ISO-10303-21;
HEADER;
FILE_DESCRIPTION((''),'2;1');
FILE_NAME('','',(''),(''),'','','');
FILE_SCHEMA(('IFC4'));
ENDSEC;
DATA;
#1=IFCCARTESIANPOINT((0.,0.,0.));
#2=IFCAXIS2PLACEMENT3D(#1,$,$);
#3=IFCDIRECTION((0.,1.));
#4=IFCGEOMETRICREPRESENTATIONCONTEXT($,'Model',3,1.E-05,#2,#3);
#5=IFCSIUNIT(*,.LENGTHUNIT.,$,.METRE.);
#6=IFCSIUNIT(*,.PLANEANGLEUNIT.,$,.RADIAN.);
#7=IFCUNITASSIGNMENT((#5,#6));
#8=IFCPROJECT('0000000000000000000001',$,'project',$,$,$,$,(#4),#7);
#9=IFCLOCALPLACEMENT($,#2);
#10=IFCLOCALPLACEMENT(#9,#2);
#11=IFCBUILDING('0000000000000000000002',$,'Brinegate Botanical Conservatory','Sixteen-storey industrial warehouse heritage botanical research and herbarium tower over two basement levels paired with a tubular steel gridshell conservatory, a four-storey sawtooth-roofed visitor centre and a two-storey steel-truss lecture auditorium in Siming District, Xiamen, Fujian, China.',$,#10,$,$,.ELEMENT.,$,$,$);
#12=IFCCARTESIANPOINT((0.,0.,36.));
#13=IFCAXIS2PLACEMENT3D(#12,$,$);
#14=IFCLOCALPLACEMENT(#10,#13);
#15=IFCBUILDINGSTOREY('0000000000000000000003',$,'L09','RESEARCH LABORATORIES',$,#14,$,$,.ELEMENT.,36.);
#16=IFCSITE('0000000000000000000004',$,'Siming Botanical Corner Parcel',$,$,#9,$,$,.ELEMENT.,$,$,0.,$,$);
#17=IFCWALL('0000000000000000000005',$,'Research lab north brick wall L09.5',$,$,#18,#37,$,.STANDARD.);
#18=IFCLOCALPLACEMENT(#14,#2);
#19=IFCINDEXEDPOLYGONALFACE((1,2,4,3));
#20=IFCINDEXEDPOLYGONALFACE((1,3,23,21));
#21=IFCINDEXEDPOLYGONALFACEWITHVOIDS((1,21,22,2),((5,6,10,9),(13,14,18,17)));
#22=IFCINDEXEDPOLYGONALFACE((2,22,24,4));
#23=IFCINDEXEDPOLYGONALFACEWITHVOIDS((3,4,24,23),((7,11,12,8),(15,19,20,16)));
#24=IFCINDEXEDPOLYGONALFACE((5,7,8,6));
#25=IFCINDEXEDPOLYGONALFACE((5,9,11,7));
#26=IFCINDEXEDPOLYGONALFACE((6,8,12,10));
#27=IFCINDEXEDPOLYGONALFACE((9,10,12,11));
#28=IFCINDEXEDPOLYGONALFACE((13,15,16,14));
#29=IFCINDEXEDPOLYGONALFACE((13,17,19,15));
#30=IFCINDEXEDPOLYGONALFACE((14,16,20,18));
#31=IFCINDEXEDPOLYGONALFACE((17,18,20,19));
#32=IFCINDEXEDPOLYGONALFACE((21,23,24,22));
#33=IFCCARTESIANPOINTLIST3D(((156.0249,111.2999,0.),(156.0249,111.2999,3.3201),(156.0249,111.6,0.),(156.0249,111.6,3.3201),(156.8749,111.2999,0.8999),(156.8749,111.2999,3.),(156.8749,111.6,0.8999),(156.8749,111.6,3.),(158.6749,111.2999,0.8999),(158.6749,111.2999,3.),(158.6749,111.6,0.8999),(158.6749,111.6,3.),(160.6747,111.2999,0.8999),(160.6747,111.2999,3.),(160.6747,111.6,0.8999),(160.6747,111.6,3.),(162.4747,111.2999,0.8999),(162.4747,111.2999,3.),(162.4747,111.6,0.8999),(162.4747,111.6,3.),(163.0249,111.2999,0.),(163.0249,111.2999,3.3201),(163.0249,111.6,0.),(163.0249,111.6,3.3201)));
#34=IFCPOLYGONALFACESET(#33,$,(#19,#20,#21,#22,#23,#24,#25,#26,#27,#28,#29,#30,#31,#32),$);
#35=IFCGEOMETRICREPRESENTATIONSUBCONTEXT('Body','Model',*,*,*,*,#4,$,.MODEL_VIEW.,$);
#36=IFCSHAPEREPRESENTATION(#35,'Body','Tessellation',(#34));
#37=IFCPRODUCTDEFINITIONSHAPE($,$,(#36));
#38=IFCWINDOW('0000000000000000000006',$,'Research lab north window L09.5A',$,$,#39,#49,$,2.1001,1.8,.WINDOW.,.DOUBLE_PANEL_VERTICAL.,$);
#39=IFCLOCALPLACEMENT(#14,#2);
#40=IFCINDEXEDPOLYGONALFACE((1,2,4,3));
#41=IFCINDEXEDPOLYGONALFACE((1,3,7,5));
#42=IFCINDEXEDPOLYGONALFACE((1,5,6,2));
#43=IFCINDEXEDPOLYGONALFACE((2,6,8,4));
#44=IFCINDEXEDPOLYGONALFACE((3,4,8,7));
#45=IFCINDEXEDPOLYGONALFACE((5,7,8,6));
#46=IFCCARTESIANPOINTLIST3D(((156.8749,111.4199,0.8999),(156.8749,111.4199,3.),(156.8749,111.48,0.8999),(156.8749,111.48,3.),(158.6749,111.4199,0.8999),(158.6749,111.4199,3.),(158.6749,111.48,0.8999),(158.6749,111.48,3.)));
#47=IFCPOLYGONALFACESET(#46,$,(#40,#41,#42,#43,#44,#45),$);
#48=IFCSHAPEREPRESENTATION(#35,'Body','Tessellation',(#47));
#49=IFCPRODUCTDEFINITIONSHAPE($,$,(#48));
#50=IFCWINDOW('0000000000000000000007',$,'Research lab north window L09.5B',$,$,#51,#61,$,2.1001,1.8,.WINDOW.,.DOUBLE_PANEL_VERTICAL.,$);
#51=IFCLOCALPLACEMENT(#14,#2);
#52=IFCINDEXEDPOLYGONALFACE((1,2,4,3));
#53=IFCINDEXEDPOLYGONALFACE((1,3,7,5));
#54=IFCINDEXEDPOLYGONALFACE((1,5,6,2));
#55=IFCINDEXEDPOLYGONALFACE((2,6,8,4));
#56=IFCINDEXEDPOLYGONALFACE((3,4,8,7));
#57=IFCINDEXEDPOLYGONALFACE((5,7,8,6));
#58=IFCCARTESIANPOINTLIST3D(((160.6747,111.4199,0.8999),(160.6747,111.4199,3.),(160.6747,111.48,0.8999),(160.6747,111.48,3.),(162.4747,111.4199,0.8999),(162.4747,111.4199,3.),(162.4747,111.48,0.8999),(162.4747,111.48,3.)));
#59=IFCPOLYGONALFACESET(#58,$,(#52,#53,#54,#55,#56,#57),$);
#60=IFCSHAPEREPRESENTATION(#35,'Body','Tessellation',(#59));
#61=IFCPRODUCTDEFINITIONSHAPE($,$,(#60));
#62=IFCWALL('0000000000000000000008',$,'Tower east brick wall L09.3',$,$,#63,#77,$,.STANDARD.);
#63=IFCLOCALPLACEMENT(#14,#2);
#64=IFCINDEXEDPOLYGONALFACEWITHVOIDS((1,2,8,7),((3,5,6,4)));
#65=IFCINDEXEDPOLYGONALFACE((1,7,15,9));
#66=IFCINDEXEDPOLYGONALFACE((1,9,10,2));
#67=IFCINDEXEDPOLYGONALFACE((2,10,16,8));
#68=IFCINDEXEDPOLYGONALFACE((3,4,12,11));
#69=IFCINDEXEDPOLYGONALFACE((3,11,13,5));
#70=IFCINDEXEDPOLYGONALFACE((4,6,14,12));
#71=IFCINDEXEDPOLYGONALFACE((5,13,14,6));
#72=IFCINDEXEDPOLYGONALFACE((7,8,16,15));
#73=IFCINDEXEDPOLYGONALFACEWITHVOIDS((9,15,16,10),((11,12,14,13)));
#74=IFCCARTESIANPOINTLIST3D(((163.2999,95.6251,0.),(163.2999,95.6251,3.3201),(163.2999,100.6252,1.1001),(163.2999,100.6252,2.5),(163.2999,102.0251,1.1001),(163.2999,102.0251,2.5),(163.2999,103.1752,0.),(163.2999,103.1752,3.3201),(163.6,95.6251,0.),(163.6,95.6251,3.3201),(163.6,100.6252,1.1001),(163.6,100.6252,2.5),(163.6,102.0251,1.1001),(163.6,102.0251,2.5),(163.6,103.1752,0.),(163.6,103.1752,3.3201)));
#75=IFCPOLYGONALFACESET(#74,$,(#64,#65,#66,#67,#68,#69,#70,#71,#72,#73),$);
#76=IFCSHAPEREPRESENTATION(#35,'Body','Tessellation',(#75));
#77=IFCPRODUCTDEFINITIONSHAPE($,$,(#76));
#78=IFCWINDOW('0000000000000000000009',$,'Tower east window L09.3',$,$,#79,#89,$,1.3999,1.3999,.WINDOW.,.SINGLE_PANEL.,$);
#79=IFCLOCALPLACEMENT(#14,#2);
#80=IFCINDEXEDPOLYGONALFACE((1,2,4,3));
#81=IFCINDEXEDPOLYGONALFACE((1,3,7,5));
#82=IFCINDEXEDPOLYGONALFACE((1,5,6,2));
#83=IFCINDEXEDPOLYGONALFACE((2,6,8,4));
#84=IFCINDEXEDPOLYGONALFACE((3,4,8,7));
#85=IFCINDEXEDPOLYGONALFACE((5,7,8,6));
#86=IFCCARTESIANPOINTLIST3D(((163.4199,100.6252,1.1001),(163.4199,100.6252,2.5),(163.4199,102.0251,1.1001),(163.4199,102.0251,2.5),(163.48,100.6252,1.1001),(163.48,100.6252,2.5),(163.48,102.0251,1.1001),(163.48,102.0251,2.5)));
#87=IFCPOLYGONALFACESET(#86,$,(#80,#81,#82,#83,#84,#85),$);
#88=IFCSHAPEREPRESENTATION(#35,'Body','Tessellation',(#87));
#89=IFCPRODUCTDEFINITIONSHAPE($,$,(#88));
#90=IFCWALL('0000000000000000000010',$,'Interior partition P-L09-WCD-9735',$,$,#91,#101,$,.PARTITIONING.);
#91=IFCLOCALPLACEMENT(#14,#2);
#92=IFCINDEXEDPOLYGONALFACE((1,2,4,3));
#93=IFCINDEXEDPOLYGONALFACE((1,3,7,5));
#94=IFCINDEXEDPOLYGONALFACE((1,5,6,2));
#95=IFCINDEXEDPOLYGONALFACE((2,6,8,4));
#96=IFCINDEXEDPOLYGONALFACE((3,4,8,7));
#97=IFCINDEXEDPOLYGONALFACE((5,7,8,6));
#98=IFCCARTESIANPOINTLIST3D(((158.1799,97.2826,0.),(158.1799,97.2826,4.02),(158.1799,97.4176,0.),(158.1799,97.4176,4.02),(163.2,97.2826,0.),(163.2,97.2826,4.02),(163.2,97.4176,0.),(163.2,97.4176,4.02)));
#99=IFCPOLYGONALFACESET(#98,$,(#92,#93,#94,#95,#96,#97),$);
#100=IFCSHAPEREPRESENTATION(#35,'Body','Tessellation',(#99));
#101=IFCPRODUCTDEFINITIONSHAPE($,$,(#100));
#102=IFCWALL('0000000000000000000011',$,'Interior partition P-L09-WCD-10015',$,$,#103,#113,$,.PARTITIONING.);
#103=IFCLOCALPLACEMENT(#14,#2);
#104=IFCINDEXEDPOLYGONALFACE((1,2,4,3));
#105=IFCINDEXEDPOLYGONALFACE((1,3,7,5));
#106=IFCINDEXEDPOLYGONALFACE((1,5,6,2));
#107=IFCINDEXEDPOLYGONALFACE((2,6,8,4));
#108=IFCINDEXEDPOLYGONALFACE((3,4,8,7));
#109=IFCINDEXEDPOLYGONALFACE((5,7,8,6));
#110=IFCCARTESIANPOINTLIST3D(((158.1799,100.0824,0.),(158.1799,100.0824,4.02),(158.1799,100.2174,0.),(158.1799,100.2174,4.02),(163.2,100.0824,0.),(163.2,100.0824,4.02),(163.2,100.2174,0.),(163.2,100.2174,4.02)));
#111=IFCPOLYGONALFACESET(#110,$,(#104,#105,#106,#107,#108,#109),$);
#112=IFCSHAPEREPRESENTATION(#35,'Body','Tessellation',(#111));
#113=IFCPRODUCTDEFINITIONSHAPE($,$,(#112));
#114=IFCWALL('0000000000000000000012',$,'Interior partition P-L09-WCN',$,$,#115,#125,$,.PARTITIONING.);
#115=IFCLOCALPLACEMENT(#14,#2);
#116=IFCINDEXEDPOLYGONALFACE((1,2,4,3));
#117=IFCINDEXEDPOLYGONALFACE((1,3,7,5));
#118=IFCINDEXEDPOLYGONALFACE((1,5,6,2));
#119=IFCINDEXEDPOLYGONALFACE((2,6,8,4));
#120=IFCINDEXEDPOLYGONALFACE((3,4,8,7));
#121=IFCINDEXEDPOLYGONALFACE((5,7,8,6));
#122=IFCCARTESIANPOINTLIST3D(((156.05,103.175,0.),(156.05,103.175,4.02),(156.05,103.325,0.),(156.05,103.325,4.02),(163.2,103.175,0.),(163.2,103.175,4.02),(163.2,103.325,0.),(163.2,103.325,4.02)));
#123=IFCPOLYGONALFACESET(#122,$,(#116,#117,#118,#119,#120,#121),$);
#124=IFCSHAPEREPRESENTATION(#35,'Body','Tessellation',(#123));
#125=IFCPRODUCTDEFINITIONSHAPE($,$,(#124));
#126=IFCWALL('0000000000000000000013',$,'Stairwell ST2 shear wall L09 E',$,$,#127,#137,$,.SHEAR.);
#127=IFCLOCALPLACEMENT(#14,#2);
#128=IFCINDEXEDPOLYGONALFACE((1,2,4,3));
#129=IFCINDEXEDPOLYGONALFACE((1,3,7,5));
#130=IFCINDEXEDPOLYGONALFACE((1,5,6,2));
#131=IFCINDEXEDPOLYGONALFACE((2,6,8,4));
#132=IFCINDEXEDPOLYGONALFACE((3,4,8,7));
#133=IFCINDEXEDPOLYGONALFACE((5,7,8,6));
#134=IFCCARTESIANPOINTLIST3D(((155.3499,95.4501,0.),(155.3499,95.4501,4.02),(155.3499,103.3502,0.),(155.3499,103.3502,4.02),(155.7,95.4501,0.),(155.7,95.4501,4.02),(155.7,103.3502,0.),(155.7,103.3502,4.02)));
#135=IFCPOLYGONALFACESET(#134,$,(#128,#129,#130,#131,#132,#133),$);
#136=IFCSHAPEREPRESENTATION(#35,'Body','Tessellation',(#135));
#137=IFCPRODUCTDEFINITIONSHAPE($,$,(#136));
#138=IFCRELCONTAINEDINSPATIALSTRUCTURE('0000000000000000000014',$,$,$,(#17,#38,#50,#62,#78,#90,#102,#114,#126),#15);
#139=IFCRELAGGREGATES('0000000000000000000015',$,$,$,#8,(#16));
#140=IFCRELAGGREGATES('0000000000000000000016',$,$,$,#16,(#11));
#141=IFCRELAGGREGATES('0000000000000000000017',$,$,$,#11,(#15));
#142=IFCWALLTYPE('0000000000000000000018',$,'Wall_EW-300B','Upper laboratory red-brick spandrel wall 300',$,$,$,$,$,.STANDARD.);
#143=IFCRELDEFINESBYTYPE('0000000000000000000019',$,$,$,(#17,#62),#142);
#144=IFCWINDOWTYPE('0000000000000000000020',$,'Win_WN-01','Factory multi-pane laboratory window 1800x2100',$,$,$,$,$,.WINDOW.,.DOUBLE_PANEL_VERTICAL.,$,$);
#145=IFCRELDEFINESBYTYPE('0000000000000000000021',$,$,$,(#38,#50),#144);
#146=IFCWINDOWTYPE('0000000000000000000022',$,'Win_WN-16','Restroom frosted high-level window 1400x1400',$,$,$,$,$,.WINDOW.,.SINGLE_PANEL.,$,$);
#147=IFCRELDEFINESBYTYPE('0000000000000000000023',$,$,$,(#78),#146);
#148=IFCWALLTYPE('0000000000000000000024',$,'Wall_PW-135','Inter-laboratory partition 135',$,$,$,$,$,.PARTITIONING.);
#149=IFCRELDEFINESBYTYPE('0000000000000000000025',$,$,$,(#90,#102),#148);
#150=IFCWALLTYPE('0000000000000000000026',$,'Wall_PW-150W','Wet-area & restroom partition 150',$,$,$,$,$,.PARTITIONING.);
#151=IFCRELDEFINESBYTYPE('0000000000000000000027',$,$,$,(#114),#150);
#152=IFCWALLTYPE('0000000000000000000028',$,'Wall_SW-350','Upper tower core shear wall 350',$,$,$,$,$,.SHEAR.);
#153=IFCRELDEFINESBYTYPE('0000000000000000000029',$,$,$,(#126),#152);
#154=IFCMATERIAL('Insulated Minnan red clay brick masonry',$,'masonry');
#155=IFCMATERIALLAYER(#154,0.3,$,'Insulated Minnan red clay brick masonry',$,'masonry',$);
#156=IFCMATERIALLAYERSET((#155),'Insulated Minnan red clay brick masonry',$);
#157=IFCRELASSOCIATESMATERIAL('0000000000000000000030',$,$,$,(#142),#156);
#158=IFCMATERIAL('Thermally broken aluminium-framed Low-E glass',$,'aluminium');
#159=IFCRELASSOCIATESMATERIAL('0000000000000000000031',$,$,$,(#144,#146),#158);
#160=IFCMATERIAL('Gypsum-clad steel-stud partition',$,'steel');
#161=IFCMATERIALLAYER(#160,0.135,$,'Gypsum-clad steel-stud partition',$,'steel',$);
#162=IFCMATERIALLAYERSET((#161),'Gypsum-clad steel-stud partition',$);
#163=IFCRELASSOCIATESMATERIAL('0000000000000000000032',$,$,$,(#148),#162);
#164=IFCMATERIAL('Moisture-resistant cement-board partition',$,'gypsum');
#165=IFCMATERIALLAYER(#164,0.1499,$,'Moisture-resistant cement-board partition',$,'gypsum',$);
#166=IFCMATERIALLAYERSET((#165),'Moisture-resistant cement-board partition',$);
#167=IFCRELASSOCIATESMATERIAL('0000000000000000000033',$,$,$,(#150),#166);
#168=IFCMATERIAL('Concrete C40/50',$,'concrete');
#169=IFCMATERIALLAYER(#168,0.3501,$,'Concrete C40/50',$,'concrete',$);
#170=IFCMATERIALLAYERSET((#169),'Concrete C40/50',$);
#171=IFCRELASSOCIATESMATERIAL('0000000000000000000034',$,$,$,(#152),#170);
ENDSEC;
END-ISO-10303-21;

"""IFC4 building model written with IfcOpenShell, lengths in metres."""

from ifc_helpers import new_model, si_unit, direction, frame, frame_2d, origin, place, context, subcontext, project, spatial, rectangle, extrude, material, layer, layer_set, type_object, element, fill, save


model = new_model("IFC4")

# Units and contexts
model_context = context("Model", 3, precision=1e-05, world=origin(), true_north=direction((0.0, 1.0)))
body_context = subcontext(model_context, "Body", "Model", "MODEL_VIEW")
ifc_project = project(units=[si_unit("LENGTHUNIT", "METRE"), si_unit("PLANEANGLEUNIT", "RADIAN")], contexts=[model_context])

# Site, building, storey
site_placement = place(None, origin())
site = spatial("IfcSite", under=ifc_project, at=site_placement, Name="Siming Botanical Corner Parcel", CompositionType="ELEMENT", RefElevation=0.0)
building_placement = place(site_placement, origin())
building = spatial("IfcBuilding", under=site, at=building_placement, Name="Brinegate Botanical Conservatory", Description="Sixteen-storey industrial warehouse heritage botanical research and herbarium tower over two basement levels paired with a tubular steel gridshell conservatory, a four-storey sawtooth-roofed visitor centre and a two-storey steel-truss lecture auditorium in Siming District, Xiamen, Fujian, China.", CompositionType="ELEMENT")
storey_placement = place(building_placement, frame((0.0, 0.0, 36.0)))
storey = spatial("IfcBuildingStorey", under=building, at=storey_placement, Name="L09", Description="RESEARCH LABORATORIES", CompositionType="ELEMENT", Elevation=36.0)

# Shared definitions
ifc_material_1 = material(Name="Concrete C40/50", Category="concrete")

# Wall, openings, windows
ifc_material_2 = material(Name="Insulated Minnan red clay brick masonry", Category="masonry")
ifc_layer_1 = layer(ifc_material_2, 0.3, Name="Insulated Minnan red clay brick masonry", Category="masonry")
ifc_layer_set_1 = layer_set([ifc_layer_1], Name="Insulated Minnan red clay brick masonry")
wall_type_1 = type_object("IfcWallType", Name="Wall_EW-300B", Description="Upper laboratory red-brick spandrel wall 300", PredefinedType="STANDARD", material=ifc_layer_set_1)
wall_1_placement = place(storey_placement, frame((156.0249, 111.45, 0.0), z_axis=(0.0, 0.0, 1.0), x_axis=(1.0, 0.0, 0.0)))
wall_1 = element("IfcWall", 1, at=wall_1_placement, inside=storey, type_object=wall_type_1, Name="Research lab north brick wall L09.5", PredefinedType="STANDARD", context=body_context, shape_type="SweptSolid", body=[
    extrude(rectangle(XDim=7.0, YDim=0.3, at=frame_2d((3.5, 0.0))), origin(), (0.0, 0.0, 1.0), 3.3201),
])
opening_1_placement = place(wall_1_placement, frame((0.8501, 0.0, 0.8999)))
opening_1 = element("IfcOpeningElement", 2, at=opening_1_placement, cuts=wall_1, PredefinedType="OPENING", context=body_context, shape_type="SweptSolid", body=[
    extrude(rectangle(XDim=1.8, YDim=2.1001, at=frame_2d((0.8999, 1.05))), frame((0.0, 0.1599, 0.0), z_axis=(0.0, -1.0, 0.0), x_axis=(1.0, 0.0, 0.0)), (0.0, 0.0, 1.0), 0.3201),
])
opening_2_placement = place(wall_1_placement, frame((4.6499, 0.0, 0.8999)))
opening_2 = element("IfcOpeningElement", 3, at=opening_2_placement, cuts=wall_1, PredefinedType="OPENING", context=body_context, shape_type="SweptSolid", body=[
    extrude(rectangle(XDim=1.8, YDim=2.1001, at=frame_2d((0.8999, 1.05))), frame((0.0, 0.1599, 0.0), z_axis=(0.0, -1.0, 0.0), x_axis=(1.0, 0.0, 0.0)), (0.0, 0.0, 1.0), 0.3201),
])
ifc_material_3 = material(Name="Thermally broken aluminium-framed Low-E glass", Category="aluminium")
window_type_1 = type_object("IfcWindowType", Name="Win_WN-01", Description="Factory multi-pane laboratory window 1800x2100", PartitioningType="DOUBLE_PANEL_VERTICAL", PredefinedType="WINDOW", material=ifc_material_3)
window_1_placement = place(opening_1_placement, origin())
window_1 = element("IfcWindow", 4, at=window_1_placement, inside=storey, type_object=window_type_1, Name="Research lab north window L09.5A", OverallHeight=2.1001, OverallWidth=1.8, PartitioningType="DOUBLE_PANEL_VERTICAL", PredefinedType="WINDOW", context=body_context, shape_type="SweptSolid", body=[
    extrude(rectangle(XDim=1.8, YDim=2.1001, at=frame_2d((0.8999, 1.05))), frame((0.0, 0.03, 0.0), z_axis=(0.0, -1.0, 0.0), x_axis=(1.0, 0.0, 0.0)), (0.0, 0.0, 1.0), 0.0601),
])
fill(opening_1, window_1)
window_2_placement = place(opening_2_placement, origin())
window_2 = element("IfcWindow", 5, at=window_2_placement, inside=storey, type_object=window_type_1, Name="Research lab north window L09.5B", OverallHeight=2.1001, OverallWidth=1.8, PartitioningType="DOUBLE_PANEL_VERTICAL", PredefinedType="WINDOW", context=body_context, shape_type="SweptSolid", body=[
    extrude(rectangle(XDim=1.8, YDim=2.1001, at=frame_2d((0.8999, 1.05))), frame((0.0, 0.03, 0.0), z_axis=(0.0, -1.0, 0.0), x_axis=(1.0, 0.0, 0.0)), (0.0, 0.0, 1.0), 0.0601),
])
fill(opening_2, window_2)

# Wall, opening, window
wall_2_placement = place(storey_placement, frame((163.45, 103.175, 0.0), z_axis=(0.0, 0.0, 1.0), x_axis=(0.0, -1.0, 0.0)))
wall_2 = element("IfcWall", 6, at=wall_2_placement, inside=storey, type_object=wall_type_1, Name="Tower east brick wall L09.3", PredefinedType="STANDARD", context=body_context, shape_type="SweptSolid", body=[
    extrude(rectangle(XDim=7.55, YDim=0.3, at=frame_2d((3.7749, 0.0))), origin(), (0.0, 0.0, 1.0), 3.3201),
])
opening_3_placement = place(wall_2_placement, frame((1.1499, 0.0, 1.1001)))
opening_3 = element("IfcOpeningElement", 7, at=opening_3_placement, cuts=wall_2, PredefinedType="OPENING", context=body_context, shape_type="SweptSolid", body=[
    extrude(rectangle(XDim=1.3999, YDim=1.3999, at=frame_2d((0.7, 0.7))), frame((0.0, 0.1599, 0.0), z_axis=(0.0, -1.0, 0.0), x_axis=(1.0, 0.0, 0.0)), (0.0, 0.0, 1.0), 0.3201),
])
window_type_2 = type_object("IfcWindowType", Name="Win_WN-16", Description="Restroom frosted high-level window 1400x1400", PartitioningType="SINGLE_PANEL", PredefinedType="WINDOW", material=ifc_material_3)
window_3_placement = place(opening_3_placement, origin())
window_3 = element("IfcWindow", 8, at=window_3_placement, inside=storey, type_object=window_type_2, Name="Tower east window L09.3", OverallHeight=1.3999, OverallWidth=1.3999, PartitioningType="SINGLE_PANEL", PredefinedType="WINDOW", context=body_context, shape_type="SweptSolid", body=[
    extrude(rectangle(XDim=1.3999, YDim=1.3999, at=frame_2d((0.7, 0.7))), frame((0.0, 0.03, 0.0), z_axis=(0.0, -1.0, 0.0), x_axis=(1.0, 0.0, 0.0)), (0.0, 0.0, 1.0), 0.0601),
])
fill(opening_3, window_3)

# Walls
ifc_material_4 = material(Name="Gypsum-clad steel-stud partition", Category="steel")
ifc_layer_2 = layer(ifc_material_4, 0.135, Name="Gypsum-clad steel-stud partition", Category="steel")
ifc_layer_set_2 = layer_set([ifc_layer_2], Name="Gypsum-clad steel-stud partition")
wall_type_2 = type_object("IfcWallType", Name="Wall_PW-135", Description="Inter-laboratory partition 135", PredefinedType="PARTITIONING", material=ifc_layer_set_2)
for number, where, z_axis, x_axis, name in (
    (9, (158.1799, 97.3501, 0.0), (0.0, 0.0, 1.0), (1.0, 0.0, 0.0), "Interior partition P-L09-WCD-9735"),
    (10, (158.1799, 100.1499, 0.0), (0.0, 0.0, 1.0), (1.0, 0.0, 0.0), "Interior partition P-L09-WCD-10015"),
):
    element("IfcWall", number, at=place(storey_placement, frame(where, z_axis=z_axis, x_axis=x_axis)), inside=storey, type_object=wall_type_2, Name=name, PredefinedType="PARTITIONING", context=body_context, shape_type="SweptSolid", body=[
        extrude(rectangle(XDim=5.02, YDim=0.135, at=frame_2d((2.51, 0.0))), origin(), (0.0, 0.0, 1.0), 4.02),
    ])
ifc_material_5 = material(Name="Moisture-resistant cement-board partition", Category="gypsum")
ifc_layer_3 = layer(ifc_material_5, 0.1499, Name="Moisture-resistant cement-board partition", Category="gypsum")
ifc_layer_set_3 = layer_set([ifc_layer_3], Name="Moisture-resistant cement-board partition")
wall_type_3 = type_object("IfcWallType", Name="Wall_PW-150W", Description="Wet-area & restroom partition 150", PredefinedType="PARTITIONING", material=ifc_layer_set_3)
wall_3_placement = place(storey_placement, frame((156.05, 103.25, 0.0), z_axis=(0.0, 0.0, 1.0), x_axis=(1.0, 0.0, 0.0)))
element("IfcWall", 11, at=wall_3_placement, inside=storey, type_object=wall_type_3, Name="Interior partition P-L09-WCN", PredefinedType="PARTITIONING", context=body_context, shape_type="SweptSolid", body=[
    extrude(rectangle(XDim=7.1499, YDim=0.1499, at=frame_2d((3.575, 0.0))), origin(), (0.0, 0.0, 1.0), 4.02),
])
ifc_layer_4 = layer(ifc_material_1, 0.3501, Name="Concrete C40/50", Category="concrete")
ifc_layer_set_4 = layer_set([ifc_layer_4], Name="Concrete C40/50")
wall_type_4 = type_object("IfcWallType", Name="Wall_SW-350", Description="Upper tower core shear wall 350", PredefinedType="SHEAR", material=ifc_layer_set_4)
wall_4_placement = place(storey_placement, frame((155.5249, 95.45, 0.0), z_axis=(0.0, 0.0, 1.0), x_axis=(0.0, 1.0, 0.0)))
element("IfcWall", 12, at=wall_4_placement, inside=storey, type_object=wall_type_4, Name="Stairwell ST2 shear wall L09 E", PredefinedType="SHEAR", context=body_context, shape_type="SweptSolid", body=[
    extrude(rectangle(XDim=7.9001, YDim=0.3501, at=frame_2d((3.9502, 0.0))), origin(), (0.0, 0.0, 1.0), 4.02),
])

save(model, "model.ifc")
